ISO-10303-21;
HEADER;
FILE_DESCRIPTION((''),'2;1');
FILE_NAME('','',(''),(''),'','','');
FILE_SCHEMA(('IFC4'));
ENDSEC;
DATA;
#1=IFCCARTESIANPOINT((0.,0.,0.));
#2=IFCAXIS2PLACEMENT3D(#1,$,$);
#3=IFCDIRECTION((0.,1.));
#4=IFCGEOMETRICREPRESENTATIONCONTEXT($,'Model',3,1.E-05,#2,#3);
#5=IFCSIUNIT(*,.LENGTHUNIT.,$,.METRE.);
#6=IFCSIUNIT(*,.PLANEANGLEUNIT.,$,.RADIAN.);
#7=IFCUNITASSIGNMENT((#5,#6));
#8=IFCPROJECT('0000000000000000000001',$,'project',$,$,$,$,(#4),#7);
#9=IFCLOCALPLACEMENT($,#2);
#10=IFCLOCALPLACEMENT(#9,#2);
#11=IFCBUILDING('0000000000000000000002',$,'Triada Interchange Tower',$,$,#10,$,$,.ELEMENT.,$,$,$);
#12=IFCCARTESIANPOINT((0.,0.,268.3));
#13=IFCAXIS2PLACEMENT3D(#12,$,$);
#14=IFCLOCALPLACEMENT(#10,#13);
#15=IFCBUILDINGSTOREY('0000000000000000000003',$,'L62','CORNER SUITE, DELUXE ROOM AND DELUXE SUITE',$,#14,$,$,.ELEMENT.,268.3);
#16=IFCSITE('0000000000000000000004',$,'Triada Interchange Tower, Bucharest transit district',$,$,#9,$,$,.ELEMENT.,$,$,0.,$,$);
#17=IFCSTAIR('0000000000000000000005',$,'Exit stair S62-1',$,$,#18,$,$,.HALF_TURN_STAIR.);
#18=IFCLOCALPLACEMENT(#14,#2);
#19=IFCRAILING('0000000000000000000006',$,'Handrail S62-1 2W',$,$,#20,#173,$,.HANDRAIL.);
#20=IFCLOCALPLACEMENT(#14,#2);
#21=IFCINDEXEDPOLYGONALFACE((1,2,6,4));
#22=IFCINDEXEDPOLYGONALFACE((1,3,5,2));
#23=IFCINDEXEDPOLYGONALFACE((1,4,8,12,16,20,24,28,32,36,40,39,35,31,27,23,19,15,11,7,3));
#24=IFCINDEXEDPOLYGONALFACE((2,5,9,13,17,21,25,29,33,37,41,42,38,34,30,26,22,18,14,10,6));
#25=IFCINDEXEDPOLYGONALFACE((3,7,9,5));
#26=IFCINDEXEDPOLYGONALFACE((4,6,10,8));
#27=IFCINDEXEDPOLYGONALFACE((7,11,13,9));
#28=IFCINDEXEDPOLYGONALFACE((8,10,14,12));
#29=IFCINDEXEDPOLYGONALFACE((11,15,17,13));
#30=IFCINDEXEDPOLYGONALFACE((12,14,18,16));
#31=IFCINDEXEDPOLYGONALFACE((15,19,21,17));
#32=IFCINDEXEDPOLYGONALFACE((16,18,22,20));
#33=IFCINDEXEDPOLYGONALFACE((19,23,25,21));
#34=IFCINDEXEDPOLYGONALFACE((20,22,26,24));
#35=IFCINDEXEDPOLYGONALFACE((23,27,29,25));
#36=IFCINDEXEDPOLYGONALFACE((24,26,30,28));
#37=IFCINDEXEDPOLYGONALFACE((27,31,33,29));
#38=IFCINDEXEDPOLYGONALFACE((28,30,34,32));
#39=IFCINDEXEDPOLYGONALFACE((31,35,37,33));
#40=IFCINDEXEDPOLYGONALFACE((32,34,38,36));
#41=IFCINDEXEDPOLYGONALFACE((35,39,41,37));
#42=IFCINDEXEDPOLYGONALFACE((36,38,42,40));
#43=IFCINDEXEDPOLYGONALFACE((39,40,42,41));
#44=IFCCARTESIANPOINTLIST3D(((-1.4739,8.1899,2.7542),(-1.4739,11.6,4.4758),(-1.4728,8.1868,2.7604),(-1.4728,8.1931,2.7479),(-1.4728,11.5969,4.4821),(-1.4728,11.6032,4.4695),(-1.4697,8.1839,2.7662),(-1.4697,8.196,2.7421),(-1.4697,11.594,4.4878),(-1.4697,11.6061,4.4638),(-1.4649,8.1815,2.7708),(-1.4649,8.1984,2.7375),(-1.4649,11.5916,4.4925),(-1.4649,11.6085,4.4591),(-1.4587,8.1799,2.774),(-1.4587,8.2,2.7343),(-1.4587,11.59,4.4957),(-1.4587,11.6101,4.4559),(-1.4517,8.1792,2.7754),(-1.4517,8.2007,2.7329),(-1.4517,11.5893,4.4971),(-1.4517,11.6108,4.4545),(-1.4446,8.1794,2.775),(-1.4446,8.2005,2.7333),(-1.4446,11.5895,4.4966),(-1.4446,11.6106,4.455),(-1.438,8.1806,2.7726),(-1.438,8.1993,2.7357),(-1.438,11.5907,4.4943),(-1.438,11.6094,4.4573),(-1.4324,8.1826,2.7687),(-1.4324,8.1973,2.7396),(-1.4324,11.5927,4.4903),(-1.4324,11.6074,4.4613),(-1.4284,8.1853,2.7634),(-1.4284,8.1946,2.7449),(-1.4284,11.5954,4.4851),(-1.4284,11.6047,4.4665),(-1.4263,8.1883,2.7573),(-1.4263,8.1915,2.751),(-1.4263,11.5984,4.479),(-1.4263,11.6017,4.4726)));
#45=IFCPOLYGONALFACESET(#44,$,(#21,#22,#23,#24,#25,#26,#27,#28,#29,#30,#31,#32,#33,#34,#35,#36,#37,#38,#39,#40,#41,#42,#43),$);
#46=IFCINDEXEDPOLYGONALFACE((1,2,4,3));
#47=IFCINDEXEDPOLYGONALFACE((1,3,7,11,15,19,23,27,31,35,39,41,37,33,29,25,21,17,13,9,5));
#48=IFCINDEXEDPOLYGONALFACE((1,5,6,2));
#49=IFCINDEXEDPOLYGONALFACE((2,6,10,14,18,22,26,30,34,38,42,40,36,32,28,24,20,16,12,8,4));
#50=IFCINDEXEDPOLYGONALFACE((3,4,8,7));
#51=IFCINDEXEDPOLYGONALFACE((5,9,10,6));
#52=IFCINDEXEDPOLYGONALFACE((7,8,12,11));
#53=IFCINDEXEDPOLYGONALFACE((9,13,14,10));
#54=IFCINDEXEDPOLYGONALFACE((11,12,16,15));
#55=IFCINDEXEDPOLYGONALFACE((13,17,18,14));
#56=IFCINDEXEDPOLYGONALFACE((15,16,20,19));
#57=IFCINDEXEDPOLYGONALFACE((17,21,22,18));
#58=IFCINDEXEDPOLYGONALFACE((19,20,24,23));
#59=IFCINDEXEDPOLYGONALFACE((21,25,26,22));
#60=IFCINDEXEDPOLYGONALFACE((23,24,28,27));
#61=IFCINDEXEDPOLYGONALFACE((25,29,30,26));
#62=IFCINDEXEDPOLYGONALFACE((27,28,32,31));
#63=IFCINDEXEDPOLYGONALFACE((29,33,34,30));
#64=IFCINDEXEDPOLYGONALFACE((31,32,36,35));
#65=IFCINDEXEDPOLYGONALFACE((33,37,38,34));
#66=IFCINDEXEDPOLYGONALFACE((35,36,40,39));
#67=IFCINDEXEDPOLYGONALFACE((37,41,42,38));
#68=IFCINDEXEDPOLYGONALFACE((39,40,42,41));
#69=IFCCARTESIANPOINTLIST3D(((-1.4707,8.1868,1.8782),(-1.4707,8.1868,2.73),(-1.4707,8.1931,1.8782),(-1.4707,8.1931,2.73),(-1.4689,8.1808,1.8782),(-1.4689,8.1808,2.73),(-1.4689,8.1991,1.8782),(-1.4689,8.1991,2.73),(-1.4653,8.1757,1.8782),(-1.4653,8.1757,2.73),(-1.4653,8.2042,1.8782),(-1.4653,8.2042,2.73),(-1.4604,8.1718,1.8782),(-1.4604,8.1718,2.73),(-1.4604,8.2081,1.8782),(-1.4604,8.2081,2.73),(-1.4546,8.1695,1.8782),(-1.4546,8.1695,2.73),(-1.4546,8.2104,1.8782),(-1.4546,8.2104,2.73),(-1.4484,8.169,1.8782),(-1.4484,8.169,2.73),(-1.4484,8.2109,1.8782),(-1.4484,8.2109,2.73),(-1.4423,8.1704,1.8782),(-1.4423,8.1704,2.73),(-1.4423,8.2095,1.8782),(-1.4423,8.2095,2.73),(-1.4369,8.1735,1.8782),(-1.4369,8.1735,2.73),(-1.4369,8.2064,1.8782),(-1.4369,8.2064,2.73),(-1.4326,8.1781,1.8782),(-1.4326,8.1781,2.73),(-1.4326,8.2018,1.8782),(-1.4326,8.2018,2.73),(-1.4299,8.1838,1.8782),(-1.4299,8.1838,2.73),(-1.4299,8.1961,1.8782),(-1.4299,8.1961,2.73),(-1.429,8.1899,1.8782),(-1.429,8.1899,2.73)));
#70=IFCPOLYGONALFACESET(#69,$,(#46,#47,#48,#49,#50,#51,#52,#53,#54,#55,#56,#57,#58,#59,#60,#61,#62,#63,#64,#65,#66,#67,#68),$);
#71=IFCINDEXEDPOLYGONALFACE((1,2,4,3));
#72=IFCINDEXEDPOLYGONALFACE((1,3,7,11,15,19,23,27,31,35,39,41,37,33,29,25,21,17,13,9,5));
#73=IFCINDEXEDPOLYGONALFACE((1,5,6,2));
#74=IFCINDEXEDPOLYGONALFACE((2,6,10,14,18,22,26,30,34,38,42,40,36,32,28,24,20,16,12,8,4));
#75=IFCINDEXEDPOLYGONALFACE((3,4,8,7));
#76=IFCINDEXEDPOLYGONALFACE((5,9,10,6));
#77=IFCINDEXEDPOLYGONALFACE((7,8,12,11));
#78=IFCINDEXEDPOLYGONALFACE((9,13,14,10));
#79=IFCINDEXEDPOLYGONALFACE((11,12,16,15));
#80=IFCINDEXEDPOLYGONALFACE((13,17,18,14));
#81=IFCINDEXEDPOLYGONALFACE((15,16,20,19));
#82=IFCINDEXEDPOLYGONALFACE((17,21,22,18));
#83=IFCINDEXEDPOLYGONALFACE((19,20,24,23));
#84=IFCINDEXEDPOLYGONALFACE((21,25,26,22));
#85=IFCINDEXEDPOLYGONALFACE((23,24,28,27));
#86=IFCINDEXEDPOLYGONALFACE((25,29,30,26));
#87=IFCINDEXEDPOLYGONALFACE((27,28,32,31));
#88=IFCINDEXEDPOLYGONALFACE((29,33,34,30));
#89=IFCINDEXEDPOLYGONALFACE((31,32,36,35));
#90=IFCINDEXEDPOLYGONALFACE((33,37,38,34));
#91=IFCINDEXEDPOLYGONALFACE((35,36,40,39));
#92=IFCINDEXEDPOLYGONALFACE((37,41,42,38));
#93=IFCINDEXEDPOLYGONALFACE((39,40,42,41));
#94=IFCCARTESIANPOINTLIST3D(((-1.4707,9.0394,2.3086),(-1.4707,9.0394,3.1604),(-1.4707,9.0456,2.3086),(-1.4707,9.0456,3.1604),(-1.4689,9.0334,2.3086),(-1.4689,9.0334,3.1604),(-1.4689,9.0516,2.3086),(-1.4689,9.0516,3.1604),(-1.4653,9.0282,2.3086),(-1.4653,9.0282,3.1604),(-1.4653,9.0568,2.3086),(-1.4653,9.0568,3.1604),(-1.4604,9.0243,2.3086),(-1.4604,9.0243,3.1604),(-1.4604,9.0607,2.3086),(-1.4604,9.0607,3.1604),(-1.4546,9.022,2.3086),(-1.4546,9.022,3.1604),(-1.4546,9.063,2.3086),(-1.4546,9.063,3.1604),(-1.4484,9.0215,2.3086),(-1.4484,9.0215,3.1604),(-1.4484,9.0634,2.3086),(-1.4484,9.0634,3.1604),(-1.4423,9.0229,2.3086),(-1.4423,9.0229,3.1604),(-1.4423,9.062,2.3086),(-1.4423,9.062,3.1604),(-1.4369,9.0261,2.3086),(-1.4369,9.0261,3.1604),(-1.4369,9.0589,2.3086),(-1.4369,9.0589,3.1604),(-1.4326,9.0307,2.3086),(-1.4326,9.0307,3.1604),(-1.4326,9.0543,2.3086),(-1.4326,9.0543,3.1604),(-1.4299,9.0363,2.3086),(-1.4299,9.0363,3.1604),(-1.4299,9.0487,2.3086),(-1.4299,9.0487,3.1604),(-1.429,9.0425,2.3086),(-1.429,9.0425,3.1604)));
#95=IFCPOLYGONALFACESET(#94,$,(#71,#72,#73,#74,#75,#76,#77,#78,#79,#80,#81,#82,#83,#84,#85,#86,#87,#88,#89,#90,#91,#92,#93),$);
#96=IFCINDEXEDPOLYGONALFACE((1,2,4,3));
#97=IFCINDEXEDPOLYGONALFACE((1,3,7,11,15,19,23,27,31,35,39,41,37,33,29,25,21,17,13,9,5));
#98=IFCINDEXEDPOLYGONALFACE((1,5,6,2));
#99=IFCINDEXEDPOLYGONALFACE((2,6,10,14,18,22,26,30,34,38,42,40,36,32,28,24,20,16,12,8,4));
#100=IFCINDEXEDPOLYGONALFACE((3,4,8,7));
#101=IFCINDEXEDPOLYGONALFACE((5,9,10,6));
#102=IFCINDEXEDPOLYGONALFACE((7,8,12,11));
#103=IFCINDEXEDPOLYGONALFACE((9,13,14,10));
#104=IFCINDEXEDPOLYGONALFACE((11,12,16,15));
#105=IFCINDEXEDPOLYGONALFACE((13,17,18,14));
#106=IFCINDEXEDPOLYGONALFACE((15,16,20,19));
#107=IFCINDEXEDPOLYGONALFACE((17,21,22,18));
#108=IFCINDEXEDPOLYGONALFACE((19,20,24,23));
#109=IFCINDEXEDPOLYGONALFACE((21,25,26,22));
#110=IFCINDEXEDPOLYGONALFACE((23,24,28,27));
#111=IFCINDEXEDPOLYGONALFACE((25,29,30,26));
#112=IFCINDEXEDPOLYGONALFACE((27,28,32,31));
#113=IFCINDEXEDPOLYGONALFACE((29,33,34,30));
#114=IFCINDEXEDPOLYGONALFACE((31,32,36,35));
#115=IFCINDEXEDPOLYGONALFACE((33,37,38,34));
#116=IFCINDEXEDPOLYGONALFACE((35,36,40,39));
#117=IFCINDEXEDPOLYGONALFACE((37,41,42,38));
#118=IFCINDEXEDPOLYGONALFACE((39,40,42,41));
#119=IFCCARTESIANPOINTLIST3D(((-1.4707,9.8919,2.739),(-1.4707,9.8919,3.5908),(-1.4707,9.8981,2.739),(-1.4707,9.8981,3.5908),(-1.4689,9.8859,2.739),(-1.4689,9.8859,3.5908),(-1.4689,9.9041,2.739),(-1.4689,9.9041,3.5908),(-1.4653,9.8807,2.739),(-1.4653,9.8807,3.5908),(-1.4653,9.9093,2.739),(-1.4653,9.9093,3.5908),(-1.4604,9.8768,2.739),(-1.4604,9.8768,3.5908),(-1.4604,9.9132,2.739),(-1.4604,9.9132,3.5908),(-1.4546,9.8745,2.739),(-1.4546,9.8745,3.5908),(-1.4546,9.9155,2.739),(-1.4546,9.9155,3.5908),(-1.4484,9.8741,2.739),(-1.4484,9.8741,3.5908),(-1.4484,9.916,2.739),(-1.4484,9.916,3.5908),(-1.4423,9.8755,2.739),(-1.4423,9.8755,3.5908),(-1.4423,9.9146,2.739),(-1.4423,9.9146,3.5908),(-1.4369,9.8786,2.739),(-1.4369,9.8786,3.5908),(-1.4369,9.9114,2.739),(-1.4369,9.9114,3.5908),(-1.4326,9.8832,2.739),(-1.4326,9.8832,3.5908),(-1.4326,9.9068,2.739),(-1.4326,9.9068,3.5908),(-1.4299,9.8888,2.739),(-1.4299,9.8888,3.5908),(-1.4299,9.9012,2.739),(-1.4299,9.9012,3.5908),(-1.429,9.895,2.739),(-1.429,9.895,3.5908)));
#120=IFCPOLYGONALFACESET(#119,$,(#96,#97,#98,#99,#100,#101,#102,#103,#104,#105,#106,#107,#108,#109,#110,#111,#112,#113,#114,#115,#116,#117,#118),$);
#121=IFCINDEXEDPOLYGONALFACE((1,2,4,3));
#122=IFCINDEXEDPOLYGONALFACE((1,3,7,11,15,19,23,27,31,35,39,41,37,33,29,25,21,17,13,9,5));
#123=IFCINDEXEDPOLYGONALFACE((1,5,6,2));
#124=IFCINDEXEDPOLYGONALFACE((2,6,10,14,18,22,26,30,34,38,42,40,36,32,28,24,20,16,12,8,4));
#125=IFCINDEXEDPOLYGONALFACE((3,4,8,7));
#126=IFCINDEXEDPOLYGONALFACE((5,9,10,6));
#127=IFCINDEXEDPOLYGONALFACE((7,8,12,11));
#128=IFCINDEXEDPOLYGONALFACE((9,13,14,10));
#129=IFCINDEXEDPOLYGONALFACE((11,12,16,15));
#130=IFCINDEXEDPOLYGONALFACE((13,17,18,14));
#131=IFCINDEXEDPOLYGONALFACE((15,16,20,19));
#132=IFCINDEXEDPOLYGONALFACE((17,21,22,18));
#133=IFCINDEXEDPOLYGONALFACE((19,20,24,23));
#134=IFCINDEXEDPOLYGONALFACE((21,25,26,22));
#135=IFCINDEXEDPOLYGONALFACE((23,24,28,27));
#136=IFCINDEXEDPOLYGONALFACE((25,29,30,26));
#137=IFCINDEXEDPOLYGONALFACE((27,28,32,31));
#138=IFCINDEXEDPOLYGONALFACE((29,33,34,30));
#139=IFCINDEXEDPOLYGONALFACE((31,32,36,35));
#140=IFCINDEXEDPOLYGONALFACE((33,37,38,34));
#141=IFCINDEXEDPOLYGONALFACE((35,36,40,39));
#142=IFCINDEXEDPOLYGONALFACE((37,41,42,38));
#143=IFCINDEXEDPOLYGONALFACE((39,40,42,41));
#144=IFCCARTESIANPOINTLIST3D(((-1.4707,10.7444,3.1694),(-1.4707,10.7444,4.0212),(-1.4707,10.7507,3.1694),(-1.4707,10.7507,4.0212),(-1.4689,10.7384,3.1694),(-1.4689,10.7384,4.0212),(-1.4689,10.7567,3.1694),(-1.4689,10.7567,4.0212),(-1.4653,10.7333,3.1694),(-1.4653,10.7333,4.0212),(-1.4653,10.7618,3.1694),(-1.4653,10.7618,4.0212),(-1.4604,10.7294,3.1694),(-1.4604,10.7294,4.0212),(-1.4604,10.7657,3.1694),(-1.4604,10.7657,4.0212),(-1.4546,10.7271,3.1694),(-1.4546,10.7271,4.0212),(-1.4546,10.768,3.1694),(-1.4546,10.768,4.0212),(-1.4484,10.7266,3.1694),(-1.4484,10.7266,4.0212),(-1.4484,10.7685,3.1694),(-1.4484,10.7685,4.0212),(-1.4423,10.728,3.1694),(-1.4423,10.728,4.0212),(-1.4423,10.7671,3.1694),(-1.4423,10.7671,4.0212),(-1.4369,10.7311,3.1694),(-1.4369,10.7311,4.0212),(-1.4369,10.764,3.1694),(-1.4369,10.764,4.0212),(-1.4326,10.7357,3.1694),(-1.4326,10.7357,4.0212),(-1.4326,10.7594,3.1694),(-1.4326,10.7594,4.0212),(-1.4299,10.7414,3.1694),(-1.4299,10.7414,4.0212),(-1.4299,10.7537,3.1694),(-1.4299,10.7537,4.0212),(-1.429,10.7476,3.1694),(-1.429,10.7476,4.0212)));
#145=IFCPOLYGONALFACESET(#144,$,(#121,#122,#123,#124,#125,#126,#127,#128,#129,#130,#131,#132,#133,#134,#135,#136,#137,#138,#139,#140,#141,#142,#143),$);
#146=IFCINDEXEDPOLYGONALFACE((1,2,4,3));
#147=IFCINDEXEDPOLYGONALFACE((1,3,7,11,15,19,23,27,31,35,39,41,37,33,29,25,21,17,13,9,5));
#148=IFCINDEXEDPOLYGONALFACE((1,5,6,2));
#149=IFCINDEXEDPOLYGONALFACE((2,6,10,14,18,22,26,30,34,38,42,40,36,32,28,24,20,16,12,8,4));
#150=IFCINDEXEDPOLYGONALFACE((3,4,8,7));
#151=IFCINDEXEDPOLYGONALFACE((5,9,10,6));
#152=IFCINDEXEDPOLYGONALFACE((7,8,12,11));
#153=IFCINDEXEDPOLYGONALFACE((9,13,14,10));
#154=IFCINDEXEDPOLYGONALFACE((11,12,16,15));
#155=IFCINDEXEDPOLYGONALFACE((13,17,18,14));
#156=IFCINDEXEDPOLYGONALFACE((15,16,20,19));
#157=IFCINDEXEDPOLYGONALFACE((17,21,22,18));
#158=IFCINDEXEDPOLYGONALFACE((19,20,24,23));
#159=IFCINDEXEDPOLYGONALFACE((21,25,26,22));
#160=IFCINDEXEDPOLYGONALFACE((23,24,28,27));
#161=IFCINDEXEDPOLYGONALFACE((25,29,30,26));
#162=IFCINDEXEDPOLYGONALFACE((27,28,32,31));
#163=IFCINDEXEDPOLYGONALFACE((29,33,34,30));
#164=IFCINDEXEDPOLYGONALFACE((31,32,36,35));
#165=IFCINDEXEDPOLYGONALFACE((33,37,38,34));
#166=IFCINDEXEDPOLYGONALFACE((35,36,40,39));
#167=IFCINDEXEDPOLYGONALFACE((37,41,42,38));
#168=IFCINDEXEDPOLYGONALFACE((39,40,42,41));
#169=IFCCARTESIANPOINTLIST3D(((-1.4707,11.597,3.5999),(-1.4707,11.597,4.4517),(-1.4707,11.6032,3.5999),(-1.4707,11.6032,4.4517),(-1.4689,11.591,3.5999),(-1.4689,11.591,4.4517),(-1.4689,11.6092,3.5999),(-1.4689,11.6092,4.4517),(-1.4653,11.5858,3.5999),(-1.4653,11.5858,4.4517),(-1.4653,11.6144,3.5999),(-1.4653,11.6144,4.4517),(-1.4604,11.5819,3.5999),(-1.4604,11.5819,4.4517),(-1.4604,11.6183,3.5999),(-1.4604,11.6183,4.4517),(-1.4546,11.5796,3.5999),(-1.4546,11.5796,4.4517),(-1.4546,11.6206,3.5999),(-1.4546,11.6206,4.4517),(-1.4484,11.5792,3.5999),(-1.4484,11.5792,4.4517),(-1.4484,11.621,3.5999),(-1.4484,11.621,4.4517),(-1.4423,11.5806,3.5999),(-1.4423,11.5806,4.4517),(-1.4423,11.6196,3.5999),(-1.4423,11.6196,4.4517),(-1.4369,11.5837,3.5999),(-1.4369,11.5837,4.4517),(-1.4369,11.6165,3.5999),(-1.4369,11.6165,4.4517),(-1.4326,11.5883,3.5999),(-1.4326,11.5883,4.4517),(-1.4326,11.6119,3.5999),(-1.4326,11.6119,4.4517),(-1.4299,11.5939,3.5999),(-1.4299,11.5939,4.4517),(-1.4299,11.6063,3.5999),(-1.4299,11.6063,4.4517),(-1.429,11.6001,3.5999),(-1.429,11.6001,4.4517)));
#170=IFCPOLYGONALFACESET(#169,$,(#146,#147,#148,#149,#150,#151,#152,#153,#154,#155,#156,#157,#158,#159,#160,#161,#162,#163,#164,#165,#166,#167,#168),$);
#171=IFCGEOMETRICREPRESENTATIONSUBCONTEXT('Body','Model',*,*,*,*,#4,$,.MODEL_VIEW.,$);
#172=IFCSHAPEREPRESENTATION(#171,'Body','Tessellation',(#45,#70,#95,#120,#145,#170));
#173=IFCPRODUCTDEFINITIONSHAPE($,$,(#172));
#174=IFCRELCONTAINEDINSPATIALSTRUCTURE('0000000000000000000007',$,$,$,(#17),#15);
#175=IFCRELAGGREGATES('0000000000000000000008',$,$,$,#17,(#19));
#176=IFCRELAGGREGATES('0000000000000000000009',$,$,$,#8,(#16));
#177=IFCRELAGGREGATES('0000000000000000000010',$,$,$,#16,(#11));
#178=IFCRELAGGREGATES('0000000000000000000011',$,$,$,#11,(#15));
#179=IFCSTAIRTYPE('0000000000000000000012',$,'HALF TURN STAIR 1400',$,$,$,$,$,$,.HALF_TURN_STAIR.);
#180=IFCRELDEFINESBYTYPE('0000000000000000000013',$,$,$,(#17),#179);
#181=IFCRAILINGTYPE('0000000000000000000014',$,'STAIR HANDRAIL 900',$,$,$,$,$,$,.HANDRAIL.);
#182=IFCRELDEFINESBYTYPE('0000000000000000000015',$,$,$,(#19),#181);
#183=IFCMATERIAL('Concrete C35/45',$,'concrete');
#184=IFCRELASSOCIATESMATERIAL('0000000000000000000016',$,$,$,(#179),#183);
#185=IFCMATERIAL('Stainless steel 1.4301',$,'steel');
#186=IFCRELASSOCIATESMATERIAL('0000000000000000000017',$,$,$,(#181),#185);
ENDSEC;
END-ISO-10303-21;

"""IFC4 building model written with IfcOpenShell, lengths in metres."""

from ifc_helpers import new_model, si_unit, direction, frame, origin, origin_2d, place, context, subcontext, project, spatial, circle, extrude, material, type_object, element, aggregate, save


model = new_model("IFC4")

# Units and contexts
model_context = context("Model", 3, precision=1e-05, world=origin(), true_north=direction((0.0, 1.0)))
body_context = subcontext(model_context, "Body", "Model", "MODEL_VIEW")
ifc_project = project(units=[si_unit("LENGTHUNIT", "METRE"), si_unit("PLANEANGLEUNIT", "RADIAN")], contexts=[model_context])

# Site, building, storey
site_placement = place(None, origin())
site = spatial("IfcSite", under=ifc_project, at=site_placement, Name="Triada Interchange Tower, Bucharest transit district", CompositionType="ELEMENT", RefElevation=0.0)
building_placement = place(site_placement, origin())
building = spatial("IfcBuilding", under=site, at=building_placement, Name="Triada Interchange Tower", CompositionType="ELEMENT")
storey_placement = place(building_placement, frame((0.0, 0.0, 268.3)))
storey = spatial("IfcBuildingStorey", under=building, at=storey_placement, Name="L62", Description="CORNER SUITE, DELUXE ROOM AND DELUXE SUITE", CompositionType="ELEMENT", Elevation=268.3)

# Stair
ifc_material_1 = material(Name="Concrete C35/45", Category="concrete")
stair_type = type_object("IfcStairType", Name="HALF TURN STAIR 1400", PredefinedType="HALF_TURN_STAIR", material=ifc_material_1)
stair_placement = place(storey_placement, origin())
stair = element("IfcStair", 1, at=stair_placement, inside=storey, type_object=stair_type, Name="Exit stair S62-1", PredefinedType="HALF_TURN_STAIR")

# Railing
ifc_material_2 = material(Name="Stainless steel 1.4301", Category="steel")
railing_type = type_object("IfcRailingType", Name="STAIR HANDRAIL 900", PredefinedType="HANDRAIL", material=ifc_material_2)
railing_1_placement = place(storey_placement, frame((-1.45, 8.1899, 1.8782)))
railing_1 = element("IfcRailing", 2, at=railing_1_placement, type_object=railing_type, Name="Handrail S62-1 2W", PredefinedType="HANDRAIL", context=body_context, shape_type="SweptSolid", body=[
    extrude(circle(Radius=0.0239, at=origin_2d()), frame((0.0, 0.0, 0.876), z_axis=(0.0, 0.892682, 0.450687), x_axis=(-1.0, 0.0, 0.0)), (0.0, 0.0, 1.0), 3.8201),
    extrude(circle(Radius=0.021, at=origin_2d()), origin(), (0.0, 0.0, 1.0), 0.8518),
    extrude(circle(Radius=0.021, at=origin_2d()), frame((0.0, 0.8525, 0.4304)), (0.0, 0.0, 1.0), 0.8518),
    extrude(circle(Radius=0.021, at=origin_2d()), frame((0.0, 1.7051, 0.8608)), (0.0, 0.0, 1.0), 0.8518),
    extrude(circle(Radius=0.021, at=origin_2d()), frame((0.0, 2.5576, 1.2913)), (0.0, 0.0, 1.0), 0.8518),
    extrude(circle(Radius=0.021, at=origin_2d()), frame((0.0, 3.4102, 1.7217)), (0.0, 0.0, 1.0), 0.8518),
])
aggregate(stair, [railing_1])

save(model, "model.ifc")
